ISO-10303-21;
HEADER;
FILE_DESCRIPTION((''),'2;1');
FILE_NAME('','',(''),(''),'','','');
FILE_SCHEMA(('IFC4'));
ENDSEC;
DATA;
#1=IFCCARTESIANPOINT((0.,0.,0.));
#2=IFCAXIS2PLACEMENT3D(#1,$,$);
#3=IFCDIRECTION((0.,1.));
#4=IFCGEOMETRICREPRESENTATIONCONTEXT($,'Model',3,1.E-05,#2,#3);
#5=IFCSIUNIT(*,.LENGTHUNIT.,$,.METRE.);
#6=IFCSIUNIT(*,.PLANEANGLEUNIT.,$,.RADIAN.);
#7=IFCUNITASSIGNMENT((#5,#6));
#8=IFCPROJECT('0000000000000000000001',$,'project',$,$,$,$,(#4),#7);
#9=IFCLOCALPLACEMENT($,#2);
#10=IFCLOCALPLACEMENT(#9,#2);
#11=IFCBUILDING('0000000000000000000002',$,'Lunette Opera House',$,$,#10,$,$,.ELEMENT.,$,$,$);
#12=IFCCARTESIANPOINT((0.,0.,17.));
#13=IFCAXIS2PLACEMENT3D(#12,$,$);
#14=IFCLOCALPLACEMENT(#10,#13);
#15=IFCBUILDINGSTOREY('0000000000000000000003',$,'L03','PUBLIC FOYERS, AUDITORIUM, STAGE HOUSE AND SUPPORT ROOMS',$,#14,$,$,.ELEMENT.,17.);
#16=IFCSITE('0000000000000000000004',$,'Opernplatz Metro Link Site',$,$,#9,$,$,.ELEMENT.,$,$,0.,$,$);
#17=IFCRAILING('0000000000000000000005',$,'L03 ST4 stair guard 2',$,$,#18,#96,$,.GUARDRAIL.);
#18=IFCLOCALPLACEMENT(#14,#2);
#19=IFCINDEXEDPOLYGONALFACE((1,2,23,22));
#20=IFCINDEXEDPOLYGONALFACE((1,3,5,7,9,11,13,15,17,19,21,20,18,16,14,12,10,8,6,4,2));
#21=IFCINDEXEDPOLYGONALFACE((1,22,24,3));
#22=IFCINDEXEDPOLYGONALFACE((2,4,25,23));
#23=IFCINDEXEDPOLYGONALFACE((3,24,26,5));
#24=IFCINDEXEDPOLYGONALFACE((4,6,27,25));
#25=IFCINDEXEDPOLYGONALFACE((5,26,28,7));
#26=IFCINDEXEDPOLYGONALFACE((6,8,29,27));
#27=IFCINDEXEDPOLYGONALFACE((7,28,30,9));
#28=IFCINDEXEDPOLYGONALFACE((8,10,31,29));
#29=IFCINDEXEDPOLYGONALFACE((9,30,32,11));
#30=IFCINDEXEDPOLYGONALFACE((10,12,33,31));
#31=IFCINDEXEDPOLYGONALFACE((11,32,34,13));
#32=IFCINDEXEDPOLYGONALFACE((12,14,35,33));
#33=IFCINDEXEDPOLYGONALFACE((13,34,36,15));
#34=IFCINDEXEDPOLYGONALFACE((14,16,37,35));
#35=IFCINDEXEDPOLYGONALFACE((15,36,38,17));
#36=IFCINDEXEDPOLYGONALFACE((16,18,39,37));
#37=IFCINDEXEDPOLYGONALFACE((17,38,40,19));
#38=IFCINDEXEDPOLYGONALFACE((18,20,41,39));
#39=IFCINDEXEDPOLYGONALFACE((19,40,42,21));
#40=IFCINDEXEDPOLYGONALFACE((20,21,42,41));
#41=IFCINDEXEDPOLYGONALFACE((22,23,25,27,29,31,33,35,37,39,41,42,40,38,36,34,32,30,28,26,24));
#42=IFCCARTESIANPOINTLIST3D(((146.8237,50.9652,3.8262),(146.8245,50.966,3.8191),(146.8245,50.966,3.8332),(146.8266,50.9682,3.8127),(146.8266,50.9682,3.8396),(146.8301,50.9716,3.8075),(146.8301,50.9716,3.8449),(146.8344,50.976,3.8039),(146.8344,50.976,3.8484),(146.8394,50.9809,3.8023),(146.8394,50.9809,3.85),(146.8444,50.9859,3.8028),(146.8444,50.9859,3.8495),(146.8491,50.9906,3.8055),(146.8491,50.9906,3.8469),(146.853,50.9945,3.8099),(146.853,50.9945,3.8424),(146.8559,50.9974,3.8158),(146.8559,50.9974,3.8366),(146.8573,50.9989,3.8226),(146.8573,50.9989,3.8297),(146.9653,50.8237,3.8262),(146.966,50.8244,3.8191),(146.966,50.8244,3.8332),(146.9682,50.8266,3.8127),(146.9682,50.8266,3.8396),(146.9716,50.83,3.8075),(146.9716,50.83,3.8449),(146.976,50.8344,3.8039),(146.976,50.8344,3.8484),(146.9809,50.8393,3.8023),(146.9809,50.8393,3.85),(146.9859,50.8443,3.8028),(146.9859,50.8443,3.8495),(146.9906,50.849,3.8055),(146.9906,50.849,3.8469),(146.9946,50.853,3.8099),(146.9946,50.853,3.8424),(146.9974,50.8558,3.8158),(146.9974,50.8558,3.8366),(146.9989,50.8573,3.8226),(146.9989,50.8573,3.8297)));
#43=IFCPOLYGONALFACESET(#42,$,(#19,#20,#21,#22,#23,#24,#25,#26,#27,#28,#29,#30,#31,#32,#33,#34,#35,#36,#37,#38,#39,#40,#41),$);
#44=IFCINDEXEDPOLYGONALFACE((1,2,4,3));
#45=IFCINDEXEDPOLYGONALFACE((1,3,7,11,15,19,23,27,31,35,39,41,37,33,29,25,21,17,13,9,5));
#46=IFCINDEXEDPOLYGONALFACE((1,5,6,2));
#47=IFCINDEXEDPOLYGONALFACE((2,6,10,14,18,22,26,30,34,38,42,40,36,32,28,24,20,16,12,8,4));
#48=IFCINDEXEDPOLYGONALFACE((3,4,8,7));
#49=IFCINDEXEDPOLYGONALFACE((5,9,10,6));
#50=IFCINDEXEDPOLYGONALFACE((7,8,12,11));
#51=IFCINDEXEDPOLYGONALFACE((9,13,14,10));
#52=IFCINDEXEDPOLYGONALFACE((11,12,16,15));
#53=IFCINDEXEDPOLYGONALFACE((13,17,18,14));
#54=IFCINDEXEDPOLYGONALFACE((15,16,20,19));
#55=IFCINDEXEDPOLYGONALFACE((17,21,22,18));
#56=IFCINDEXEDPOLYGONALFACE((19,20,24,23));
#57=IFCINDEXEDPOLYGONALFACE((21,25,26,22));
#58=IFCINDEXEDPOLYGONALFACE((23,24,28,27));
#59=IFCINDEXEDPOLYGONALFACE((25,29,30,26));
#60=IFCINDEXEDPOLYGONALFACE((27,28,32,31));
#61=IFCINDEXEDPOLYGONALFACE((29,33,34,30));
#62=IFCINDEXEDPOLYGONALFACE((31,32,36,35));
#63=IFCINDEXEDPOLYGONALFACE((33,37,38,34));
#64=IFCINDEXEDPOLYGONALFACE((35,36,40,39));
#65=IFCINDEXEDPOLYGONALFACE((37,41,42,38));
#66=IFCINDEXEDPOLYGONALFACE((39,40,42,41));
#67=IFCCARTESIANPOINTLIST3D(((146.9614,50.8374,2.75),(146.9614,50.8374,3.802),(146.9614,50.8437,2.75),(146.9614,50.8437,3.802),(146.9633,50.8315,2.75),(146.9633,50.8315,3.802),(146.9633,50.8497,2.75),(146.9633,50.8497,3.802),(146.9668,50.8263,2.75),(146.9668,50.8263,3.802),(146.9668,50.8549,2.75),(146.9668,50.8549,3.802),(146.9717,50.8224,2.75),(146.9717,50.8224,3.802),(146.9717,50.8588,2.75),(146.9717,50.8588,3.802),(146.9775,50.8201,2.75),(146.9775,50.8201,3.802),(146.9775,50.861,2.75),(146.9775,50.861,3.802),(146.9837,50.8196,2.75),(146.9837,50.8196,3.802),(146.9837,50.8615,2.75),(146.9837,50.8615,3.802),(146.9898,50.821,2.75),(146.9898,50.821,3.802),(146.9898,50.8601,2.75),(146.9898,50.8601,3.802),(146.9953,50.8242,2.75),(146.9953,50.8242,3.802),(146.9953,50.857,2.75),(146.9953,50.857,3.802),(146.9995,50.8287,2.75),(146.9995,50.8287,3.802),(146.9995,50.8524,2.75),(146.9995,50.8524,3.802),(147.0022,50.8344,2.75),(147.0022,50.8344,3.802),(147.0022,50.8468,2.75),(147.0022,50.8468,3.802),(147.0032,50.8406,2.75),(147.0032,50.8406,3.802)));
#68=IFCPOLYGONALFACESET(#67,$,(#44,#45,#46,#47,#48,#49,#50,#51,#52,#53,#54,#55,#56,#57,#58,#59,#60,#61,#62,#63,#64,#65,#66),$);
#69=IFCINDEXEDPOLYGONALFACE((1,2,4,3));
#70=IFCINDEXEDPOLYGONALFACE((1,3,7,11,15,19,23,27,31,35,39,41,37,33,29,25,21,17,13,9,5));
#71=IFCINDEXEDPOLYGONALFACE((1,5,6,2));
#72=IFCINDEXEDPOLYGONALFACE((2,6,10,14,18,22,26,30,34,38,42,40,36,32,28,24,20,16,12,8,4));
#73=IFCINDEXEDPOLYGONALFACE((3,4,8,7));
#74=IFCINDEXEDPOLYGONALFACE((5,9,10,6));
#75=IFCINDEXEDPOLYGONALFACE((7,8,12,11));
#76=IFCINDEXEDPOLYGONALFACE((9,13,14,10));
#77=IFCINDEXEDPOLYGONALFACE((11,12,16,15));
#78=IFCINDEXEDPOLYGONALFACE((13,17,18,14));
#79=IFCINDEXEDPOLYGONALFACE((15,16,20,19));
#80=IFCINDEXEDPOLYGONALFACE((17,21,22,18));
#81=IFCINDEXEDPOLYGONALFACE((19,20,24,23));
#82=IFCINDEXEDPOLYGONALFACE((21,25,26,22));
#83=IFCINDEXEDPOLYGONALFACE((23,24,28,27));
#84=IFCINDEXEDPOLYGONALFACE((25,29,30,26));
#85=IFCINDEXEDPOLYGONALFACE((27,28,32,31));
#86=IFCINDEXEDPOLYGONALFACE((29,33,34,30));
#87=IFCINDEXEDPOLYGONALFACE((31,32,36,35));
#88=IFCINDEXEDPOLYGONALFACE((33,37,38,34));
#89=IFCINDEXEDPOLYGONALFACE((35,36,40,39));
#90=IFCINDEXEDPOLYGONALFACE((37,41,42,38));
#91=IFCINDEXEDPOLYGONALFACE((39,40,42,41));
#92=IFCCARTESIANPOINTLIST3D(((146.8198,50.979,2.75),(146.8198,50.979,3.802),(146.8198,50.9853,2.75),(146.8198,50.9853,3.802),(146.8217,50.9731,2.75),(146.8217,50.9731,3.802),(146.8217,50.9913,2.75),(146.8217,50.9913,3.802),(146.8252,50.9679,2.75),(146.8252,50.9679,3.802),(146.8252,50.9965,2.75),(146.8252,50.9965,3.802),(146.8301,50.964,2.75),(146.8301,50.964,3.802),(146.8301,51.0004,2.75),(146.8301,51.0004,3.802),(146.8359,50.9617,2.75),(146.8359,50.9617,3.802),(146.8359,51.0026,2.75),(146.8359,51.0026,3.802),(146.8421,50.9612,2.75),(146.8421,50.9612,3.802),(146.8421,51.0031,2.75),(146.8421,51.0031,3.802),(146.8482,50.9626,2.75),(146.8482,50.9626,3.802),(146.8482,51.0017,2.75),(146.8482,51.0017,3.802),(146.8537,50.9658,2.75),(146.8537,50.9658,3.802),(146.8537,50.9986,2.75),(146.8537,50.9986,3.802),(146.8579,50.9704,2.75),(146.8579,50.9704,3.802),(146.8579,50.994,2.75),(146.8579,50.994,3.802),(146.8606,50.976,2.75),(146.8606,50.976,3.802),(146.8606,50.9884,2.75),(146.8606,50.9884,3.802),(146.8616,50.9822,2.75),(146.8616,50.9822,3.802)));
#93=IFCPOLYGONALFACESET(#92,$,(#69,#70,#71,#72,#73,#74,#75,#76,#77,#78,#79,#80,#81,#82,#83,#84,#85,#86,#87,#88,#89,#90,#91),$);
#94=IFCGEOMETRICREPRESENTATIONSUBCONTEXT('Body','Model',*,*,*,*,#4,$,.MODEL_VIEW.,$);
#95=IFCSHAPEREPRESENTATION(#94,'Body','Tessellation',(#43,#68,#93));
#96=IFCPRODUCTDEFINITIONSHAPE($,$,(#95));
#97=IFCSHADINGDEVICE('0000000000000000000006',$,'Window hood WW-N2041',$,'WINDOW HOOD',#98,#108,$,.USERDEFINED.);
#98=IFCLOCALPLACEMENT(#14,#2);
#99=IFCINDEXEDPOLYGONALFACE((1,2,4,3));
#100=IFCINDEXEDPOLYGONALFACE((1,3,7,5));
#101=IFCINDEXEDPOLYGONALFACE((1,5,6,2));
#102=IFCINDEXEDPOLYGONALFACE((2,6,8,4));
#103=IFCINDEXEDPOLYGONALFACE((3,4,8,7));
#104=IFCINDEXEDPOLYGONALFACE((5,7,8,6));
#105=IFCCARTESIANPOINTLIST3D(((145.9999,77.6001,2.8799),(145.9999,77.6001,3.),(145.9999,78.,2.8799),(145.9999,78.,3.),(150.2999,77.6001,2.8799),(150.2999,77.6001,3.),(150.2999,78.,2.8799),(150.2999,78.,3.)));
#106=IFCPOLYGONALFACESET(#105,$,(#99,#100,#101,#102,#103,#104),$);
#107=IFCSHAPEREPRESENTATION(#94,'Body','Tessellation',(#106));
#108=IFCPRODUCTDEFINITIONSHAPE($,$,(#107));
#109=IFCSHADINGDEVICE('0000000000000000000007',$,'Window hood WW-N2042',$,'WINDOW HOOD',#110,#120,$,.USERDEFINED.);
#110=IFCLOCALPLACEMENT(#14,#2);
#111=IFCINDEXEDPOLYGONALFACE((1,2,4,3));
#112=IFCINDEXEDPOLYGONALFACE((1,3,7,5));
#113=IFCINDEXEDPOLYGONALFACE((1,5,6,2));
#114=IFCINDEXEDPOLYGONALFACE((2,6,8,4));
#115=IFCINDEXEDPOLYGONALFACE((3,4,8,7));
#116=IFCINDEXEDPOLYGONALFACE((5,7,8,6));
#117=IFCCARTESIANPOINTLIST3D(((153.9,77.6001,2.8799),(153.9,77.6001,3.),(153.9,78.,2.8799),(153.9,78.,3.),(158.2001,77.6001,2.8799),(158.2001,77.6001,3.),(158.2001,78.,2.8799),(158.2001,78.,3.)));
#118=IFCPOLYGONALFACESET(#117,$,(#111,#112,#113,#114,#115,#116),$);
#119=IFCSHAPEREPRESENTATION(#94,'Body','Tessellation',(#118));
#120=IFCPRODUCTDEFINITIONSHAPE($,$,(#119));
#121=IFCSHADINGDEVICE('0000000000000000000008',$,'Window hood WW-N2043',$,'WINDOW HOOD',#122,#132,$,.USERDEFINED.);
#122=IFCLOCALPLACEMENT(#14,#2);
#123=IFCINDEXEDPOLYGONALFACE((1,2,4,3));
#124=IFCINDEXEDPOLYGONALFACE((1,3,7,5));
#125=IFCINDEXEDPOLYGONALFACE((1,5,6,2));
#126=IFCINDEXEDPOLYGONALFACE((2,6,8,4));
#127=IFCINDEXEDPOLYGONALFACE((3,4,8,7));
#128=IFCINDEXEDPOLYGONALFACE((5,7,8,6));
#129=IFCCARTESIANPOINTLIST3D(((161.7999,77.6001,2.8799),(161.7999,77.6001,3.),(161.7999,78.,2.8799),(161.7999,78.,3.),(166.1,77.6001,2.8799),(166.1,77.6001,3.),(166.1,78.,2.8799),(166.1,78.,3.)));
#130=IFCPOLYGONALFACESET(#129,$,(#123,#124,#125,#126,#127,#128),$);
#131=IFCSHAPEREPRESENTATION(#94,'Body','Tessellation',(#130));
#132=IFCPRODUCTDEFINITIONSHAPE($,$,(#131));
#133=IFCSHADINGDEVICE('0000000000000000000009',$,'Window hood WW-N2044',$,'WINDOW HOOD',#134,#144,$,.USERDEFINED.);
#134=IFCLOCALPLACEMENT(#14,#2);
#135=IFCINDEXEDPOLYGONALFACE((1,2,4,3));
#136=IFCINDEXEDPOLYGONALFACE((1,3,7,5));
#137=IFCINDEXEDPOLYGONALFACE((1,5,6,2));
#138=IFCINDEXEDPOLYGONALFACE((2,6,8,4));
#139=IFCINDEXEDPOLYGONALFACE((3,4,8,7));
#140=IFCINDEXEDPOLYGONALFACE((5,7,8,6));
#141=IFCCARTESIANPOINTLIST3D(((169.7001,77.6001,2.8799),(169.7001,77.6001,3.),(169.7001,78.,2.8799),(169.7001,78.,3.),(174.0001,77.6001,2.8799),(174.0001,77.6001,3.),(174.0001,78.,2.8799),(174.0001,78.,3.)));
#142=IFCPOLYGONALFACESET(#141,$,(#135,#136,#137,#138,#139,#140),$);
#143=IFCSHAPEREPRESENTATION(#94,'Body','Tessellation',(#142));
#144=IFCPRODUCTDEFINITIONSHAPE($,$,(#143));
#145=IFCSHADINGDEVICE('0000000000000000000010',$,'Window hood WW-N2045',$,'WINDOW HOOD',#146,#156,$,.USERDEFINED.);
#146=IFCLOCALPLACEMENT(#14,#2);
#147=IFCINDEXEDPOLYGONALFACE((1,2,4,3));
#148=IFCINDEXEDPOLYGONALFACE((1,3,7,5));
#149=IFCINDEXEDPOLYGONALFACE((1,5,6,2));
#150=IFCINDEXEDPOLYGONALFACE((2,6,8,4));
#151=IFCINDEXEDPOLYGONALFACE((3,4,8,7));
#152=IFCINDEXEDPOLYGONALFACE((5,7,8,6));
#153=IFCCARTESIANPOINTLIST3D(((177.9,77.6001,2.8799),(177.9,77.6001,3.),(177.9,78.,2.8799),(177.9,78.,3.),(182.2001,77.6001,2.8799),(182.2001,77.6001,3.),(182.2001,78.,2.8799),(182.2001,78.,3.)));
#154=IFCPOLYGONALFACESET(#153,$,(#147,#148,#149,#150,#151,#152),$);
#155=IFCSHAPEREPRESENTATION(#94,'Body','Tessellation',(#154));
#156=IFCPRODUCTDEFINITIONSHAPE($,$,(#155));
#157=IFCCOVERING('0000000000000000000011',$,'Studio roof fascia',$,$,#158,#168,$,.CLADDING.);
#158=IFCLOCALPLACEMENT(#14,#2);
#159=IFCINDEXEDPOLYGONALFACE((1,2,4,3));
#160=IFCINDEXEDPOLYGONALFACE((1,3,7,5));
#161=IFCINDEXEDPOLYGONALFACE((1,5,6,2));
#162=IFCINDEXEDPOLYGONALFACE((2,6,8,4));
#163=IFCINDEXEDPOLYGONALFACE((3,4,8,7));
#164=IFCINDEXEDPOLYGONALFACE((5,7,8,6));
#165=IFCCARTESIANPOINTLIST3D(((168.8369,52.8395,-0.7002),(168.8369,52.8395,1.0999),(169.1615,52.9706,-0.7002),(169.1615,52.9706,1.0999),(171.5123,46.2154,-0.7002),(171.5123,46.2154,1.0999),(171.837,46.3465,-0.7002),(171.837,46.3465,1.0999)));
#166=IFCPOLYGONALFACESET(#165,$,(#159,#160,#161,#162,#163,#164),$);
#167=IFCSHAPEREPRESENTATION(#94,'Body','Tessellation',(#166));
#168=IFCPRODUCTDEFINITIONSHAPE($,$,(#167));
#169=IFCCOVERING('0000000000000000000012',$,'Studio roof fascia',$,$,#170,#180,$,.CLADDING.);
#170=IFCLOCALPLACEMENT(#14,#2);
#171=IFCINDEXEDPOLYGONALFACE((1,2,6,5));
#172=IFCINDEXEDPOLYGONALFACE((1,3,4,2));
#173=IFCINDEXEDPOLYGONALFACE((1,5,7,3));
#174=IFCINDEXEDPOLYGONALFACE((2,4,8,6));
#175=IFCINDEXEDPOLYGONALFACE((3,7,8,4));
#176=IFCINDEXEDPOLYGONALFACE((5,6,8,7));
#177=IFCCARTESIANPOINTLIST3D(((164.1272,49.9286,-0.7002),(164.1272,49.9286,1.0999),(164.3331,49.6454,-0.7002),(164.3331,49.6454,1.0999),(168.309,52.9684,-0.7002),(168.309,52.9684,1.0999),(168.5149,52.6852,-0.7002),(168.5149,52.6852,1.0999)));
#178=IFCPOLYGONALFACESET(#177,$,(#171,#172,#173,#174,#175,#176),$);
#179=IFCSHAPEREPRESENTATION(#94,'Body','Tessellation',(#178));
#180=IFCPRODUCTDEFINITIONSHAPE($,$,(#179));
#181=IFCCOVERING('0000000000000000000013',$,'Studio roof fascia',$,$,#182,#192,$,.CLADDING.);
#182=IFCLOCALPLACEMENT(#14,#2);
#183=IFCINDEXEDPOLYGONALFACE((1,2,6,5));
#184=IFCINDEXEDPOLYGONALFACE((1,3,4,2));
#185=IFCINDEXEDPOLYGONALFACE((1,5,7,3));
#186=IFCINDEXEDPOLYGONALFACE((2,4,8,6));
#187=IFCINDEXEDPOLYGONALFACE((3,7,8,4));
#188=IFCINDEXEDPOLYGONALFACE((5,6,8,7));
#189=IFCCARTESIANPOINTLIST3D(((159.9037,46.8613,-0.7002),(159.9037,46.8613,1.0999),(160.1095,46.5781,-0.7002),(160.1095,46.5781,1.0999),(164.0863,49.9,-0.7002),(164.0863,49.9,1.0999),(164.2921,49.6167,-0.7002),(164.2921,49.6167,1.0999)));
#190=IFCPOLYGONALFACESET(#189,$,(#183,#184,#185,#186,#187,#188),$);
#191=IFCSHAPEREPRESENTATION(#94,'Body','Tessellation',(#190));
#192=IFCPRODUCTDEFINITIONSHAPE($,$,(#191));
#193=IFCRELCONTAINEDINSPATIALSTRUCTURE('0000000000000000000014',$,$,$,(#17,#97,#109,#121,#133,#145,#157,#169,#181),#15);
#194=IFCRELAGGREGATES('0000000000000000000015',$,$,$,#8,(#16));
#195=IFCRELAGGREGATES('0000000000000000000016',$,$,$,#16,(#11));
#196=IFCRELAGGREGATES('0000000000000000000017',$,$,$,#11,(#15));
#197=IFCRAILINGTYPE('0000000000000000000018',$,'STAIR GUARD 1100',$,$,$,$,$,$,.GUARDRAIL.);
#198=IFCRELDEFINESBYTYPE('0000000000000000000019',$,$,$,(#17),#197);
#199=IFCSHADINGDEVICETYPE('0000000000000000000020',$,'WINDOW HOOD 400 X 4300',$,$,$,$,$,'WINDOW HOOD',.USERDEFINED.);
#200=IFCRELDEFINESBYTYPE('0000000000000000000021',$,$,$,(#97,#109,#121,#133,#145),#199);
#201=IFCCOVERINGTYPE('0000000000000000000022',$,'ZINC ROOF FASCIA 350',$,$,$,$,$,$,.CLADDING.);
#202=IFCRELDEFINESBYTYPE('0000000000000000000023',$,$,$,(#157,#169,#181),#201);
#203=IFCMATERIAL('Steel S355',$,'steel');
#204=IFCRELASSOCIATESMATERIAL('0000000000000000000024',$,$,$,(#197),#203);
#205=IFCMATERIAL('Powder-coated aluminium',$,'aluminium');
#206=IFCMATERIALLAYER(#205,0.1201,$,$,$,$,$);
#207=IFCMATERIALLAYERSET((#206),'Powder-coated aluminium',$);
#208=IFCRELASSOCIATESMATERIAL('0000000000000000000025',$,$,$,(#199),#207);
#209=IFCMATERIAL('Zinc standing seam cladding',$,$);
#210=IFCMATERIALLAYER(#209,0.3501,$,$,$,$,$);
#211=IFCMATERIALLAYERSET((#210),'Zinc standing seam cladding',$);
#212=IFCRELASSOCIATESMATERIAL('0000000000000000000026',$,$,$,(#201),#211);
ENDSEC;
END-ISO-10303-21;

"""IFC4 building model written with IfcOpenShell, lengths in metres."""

from ifc_helpers import new_model, si_unit, direction, frame, origin, origin_2d, place, context, subcontext, project, spatial, rectangle, circle, extrude, material, layer, layer_set, type_object, element, save


model = new_model("IFC4")

# Units and contexts
model_context = context("Model", 3, precision=1e-05, world=origin(), true_north=direction((0.0, 1.0)))
body_context = subcontext(model_context, "Body", "Model", "MODEL_VIEW")
ifc_project = project(units=[si_unit("LENGTHUNIT", "METRE"), si_unit("PLANEANGLEUNIT", "RADIAN")], contexts=[model_context])

# Site, building, storey
site_placement = place(None, origin())
site = spatial("IfcSite", under=ifc_project, at=site_placement, Name="Opernplatz Metro Link Site", CompositionType="ELEMENT", RefElevation=0.0)
building_placement = place(site_placement, origin())
building = spatial("IfcBuilding", under=site, at=building_placement, Name="Lunette Opera House", CompositionType="ELEMENT")
storey_placement = place(building_placement, frame((0.0, 0.0, 17.0)))
storey = spatial("IfcBuildingStorey", under=building, at=storey_placement, Name="L03", Description="PUBLIC FOYERS, AUDITORIUM, STAGE HOUSE AND SUPPORT ROOMS", CompositionType="ELEMENT", Elevation=17.0)

# Railing
ifc_material_1 = material(Name="Steel S355", Category="steel")
railing_type = type_object("IfcRailingType", Name="STAIR GUARD 1100", PredefinedType="GUARDRAIL", material=ifc_material_1)
railing_placement = place(storey_placement, frame((146.9822, 50.8406, 2.75)))
element("IfcRailing", 1, at=railing_placement, inside=storey, type_object=railing_type, Name="L03 ST4 stair guard 2", PredefinedType="GUARDRAIL", context=body_context, shape_type="SweptSolid", body=[
    extrude(circle(Radius=0.0239, at=origin_2d()), frame((0.0, 0.0, 1.0762), z_axis=(-0.707107, 0.707107, 0.0), x_axis=(-0.707107, -0.707107, 0.0)), (0.0, 0.0, 1.0), 0.2002),
    extrude(circle(Radius=0.021, at=origin_2d()), origin(), (0.0, 0.0, 1.0), 1.052),
    extrude(circle(Radius=0.021, at=origin_2d()), frame((-0.1416, 0.1416, 0.0)), (0.0, 0.0, 1.0), 1.052),
])

# Shading devices
ifc_material_2 = material(Name="Powder-coated aluminium", Category="aluminium")
ifc_layer_1 = layer(ifc_material_2, 0.1201)
ifc_layer_set_1 = layer_set([ifc_layer_1], Name="Powder-coated aluminium")
shading_device_type = type_object("IfcShadingDeviceType", Name="WINDOW HOOD 400 X 4300", ElementType="WINDOW HOOD", PredefinedType="USERDEFINED", material=ifc_layer_set_1)
for number, where, z_axis, x_axis, name in (
    (2, (148.1499, 77.8, 2.8799), (0.0, 0.0, 1.0), (0.0, -1.0, 0.0), "Window hood WW-N2041"),
    (3, (156.05, 77.8, 2.8799), (0.0, 0.0, 1.0), (0.0, -1.0, 0.0), "Window hood WW-N2042"),
    (4, (163.95, 77.8, 2.8799), (0.0, 0.0, 1.0), (0.0, -1.0, 0.0), "Window hood WW-N2043"),
    (5, (171.8501, 77.8, 2.8799), (0.0, 0.0, 1.0), (0.0, -1.0, 0.0), "Window hood WW-N2044"),
    (6, (180.05, 77.8, 2.8799), (0.0, 0.0, 1.0), (0.0, -1.0, 0.0), "Window hood WW-N2045"),
):
    element("IfcShadingDevice", number, at=place(storey_placement, frame(where, z_axis=z_axis, x_axis=x_axis)), inside=storey, type_object=shading_device_type, Name=name, ObjectType="WINDOW HOOD", PredefinedType="USERDEFINED", context=body_context, shape_type="SweptSolid", body=[
        extrude(rectangle(XDim=0.3999, YDim=4.3, at=origin_2d()), origin(), (0.0, 0.0, 1.0), 0.1201),
    ])

# Coverings
ifc_material_3 = material(Name="Zinc standing seam cladding")
ifc_layer_2 = layer(ifc_material_3, 0.3501)
ifc_layer_set_2 = layer_set([ifc_layer_2], Name="Zinc standing seam cladding")
covering_type_1 = type_object("IfcCoveringType", Name="ZINC ROOF FASCIA 350", PredefinedType="CLADDING", material=ifc_layer_set_2)
covering_1_placement = place(storey_placement, frame((170.3369, 49.593, -0.7002), z_axis=(0.0, 0.0, 1.0), x_axis=(-0.374505, 0.927225, 0.0)))
element("IfcCovering", 7, at=covering_1_placement, inside=storey, type_object=covering_type_1, Name="Studio roof fascia", PredefinedType="CLADDING", context=body_context, shape_type="SweptSolid", body=[
    extrude(rectangle(XDim=7.144, YDim=0.3501, at=origin_2d()), origin(), (0.0, 0.0, 1.0), 1.8),
])
for number, where, z_axis, x_axis, name in (
    (8, (166.321, 51.3069, -0.7002), (0.0, 0.0, 1.0), (-0.808876, -0.587979, 0.0), "Studio roof fascia"),
    (9, (162.0979, 48.239, -0.7002), (0.0, 0.0, 1.0), (-0.809034, -0.587761, 0.0), "Studio roof fascia"),
):
    element("IfcCovering", number, at=place(storey_placement, frame(where, z_axis=z_axis, x_axis=x_axis)), inside=storey, type_object=covering_type_1, Name=name, PredefinedType="CLADDING", context=body_context, shape_type="SweptSolid", body=[
        extrude(rectangle(XDim=5.1699, YDim=0.3501, at=origin_2d()), origin(), (0.0, 0.0, 1.0), 1.8),
    ])

save(model, "model.ifc")
